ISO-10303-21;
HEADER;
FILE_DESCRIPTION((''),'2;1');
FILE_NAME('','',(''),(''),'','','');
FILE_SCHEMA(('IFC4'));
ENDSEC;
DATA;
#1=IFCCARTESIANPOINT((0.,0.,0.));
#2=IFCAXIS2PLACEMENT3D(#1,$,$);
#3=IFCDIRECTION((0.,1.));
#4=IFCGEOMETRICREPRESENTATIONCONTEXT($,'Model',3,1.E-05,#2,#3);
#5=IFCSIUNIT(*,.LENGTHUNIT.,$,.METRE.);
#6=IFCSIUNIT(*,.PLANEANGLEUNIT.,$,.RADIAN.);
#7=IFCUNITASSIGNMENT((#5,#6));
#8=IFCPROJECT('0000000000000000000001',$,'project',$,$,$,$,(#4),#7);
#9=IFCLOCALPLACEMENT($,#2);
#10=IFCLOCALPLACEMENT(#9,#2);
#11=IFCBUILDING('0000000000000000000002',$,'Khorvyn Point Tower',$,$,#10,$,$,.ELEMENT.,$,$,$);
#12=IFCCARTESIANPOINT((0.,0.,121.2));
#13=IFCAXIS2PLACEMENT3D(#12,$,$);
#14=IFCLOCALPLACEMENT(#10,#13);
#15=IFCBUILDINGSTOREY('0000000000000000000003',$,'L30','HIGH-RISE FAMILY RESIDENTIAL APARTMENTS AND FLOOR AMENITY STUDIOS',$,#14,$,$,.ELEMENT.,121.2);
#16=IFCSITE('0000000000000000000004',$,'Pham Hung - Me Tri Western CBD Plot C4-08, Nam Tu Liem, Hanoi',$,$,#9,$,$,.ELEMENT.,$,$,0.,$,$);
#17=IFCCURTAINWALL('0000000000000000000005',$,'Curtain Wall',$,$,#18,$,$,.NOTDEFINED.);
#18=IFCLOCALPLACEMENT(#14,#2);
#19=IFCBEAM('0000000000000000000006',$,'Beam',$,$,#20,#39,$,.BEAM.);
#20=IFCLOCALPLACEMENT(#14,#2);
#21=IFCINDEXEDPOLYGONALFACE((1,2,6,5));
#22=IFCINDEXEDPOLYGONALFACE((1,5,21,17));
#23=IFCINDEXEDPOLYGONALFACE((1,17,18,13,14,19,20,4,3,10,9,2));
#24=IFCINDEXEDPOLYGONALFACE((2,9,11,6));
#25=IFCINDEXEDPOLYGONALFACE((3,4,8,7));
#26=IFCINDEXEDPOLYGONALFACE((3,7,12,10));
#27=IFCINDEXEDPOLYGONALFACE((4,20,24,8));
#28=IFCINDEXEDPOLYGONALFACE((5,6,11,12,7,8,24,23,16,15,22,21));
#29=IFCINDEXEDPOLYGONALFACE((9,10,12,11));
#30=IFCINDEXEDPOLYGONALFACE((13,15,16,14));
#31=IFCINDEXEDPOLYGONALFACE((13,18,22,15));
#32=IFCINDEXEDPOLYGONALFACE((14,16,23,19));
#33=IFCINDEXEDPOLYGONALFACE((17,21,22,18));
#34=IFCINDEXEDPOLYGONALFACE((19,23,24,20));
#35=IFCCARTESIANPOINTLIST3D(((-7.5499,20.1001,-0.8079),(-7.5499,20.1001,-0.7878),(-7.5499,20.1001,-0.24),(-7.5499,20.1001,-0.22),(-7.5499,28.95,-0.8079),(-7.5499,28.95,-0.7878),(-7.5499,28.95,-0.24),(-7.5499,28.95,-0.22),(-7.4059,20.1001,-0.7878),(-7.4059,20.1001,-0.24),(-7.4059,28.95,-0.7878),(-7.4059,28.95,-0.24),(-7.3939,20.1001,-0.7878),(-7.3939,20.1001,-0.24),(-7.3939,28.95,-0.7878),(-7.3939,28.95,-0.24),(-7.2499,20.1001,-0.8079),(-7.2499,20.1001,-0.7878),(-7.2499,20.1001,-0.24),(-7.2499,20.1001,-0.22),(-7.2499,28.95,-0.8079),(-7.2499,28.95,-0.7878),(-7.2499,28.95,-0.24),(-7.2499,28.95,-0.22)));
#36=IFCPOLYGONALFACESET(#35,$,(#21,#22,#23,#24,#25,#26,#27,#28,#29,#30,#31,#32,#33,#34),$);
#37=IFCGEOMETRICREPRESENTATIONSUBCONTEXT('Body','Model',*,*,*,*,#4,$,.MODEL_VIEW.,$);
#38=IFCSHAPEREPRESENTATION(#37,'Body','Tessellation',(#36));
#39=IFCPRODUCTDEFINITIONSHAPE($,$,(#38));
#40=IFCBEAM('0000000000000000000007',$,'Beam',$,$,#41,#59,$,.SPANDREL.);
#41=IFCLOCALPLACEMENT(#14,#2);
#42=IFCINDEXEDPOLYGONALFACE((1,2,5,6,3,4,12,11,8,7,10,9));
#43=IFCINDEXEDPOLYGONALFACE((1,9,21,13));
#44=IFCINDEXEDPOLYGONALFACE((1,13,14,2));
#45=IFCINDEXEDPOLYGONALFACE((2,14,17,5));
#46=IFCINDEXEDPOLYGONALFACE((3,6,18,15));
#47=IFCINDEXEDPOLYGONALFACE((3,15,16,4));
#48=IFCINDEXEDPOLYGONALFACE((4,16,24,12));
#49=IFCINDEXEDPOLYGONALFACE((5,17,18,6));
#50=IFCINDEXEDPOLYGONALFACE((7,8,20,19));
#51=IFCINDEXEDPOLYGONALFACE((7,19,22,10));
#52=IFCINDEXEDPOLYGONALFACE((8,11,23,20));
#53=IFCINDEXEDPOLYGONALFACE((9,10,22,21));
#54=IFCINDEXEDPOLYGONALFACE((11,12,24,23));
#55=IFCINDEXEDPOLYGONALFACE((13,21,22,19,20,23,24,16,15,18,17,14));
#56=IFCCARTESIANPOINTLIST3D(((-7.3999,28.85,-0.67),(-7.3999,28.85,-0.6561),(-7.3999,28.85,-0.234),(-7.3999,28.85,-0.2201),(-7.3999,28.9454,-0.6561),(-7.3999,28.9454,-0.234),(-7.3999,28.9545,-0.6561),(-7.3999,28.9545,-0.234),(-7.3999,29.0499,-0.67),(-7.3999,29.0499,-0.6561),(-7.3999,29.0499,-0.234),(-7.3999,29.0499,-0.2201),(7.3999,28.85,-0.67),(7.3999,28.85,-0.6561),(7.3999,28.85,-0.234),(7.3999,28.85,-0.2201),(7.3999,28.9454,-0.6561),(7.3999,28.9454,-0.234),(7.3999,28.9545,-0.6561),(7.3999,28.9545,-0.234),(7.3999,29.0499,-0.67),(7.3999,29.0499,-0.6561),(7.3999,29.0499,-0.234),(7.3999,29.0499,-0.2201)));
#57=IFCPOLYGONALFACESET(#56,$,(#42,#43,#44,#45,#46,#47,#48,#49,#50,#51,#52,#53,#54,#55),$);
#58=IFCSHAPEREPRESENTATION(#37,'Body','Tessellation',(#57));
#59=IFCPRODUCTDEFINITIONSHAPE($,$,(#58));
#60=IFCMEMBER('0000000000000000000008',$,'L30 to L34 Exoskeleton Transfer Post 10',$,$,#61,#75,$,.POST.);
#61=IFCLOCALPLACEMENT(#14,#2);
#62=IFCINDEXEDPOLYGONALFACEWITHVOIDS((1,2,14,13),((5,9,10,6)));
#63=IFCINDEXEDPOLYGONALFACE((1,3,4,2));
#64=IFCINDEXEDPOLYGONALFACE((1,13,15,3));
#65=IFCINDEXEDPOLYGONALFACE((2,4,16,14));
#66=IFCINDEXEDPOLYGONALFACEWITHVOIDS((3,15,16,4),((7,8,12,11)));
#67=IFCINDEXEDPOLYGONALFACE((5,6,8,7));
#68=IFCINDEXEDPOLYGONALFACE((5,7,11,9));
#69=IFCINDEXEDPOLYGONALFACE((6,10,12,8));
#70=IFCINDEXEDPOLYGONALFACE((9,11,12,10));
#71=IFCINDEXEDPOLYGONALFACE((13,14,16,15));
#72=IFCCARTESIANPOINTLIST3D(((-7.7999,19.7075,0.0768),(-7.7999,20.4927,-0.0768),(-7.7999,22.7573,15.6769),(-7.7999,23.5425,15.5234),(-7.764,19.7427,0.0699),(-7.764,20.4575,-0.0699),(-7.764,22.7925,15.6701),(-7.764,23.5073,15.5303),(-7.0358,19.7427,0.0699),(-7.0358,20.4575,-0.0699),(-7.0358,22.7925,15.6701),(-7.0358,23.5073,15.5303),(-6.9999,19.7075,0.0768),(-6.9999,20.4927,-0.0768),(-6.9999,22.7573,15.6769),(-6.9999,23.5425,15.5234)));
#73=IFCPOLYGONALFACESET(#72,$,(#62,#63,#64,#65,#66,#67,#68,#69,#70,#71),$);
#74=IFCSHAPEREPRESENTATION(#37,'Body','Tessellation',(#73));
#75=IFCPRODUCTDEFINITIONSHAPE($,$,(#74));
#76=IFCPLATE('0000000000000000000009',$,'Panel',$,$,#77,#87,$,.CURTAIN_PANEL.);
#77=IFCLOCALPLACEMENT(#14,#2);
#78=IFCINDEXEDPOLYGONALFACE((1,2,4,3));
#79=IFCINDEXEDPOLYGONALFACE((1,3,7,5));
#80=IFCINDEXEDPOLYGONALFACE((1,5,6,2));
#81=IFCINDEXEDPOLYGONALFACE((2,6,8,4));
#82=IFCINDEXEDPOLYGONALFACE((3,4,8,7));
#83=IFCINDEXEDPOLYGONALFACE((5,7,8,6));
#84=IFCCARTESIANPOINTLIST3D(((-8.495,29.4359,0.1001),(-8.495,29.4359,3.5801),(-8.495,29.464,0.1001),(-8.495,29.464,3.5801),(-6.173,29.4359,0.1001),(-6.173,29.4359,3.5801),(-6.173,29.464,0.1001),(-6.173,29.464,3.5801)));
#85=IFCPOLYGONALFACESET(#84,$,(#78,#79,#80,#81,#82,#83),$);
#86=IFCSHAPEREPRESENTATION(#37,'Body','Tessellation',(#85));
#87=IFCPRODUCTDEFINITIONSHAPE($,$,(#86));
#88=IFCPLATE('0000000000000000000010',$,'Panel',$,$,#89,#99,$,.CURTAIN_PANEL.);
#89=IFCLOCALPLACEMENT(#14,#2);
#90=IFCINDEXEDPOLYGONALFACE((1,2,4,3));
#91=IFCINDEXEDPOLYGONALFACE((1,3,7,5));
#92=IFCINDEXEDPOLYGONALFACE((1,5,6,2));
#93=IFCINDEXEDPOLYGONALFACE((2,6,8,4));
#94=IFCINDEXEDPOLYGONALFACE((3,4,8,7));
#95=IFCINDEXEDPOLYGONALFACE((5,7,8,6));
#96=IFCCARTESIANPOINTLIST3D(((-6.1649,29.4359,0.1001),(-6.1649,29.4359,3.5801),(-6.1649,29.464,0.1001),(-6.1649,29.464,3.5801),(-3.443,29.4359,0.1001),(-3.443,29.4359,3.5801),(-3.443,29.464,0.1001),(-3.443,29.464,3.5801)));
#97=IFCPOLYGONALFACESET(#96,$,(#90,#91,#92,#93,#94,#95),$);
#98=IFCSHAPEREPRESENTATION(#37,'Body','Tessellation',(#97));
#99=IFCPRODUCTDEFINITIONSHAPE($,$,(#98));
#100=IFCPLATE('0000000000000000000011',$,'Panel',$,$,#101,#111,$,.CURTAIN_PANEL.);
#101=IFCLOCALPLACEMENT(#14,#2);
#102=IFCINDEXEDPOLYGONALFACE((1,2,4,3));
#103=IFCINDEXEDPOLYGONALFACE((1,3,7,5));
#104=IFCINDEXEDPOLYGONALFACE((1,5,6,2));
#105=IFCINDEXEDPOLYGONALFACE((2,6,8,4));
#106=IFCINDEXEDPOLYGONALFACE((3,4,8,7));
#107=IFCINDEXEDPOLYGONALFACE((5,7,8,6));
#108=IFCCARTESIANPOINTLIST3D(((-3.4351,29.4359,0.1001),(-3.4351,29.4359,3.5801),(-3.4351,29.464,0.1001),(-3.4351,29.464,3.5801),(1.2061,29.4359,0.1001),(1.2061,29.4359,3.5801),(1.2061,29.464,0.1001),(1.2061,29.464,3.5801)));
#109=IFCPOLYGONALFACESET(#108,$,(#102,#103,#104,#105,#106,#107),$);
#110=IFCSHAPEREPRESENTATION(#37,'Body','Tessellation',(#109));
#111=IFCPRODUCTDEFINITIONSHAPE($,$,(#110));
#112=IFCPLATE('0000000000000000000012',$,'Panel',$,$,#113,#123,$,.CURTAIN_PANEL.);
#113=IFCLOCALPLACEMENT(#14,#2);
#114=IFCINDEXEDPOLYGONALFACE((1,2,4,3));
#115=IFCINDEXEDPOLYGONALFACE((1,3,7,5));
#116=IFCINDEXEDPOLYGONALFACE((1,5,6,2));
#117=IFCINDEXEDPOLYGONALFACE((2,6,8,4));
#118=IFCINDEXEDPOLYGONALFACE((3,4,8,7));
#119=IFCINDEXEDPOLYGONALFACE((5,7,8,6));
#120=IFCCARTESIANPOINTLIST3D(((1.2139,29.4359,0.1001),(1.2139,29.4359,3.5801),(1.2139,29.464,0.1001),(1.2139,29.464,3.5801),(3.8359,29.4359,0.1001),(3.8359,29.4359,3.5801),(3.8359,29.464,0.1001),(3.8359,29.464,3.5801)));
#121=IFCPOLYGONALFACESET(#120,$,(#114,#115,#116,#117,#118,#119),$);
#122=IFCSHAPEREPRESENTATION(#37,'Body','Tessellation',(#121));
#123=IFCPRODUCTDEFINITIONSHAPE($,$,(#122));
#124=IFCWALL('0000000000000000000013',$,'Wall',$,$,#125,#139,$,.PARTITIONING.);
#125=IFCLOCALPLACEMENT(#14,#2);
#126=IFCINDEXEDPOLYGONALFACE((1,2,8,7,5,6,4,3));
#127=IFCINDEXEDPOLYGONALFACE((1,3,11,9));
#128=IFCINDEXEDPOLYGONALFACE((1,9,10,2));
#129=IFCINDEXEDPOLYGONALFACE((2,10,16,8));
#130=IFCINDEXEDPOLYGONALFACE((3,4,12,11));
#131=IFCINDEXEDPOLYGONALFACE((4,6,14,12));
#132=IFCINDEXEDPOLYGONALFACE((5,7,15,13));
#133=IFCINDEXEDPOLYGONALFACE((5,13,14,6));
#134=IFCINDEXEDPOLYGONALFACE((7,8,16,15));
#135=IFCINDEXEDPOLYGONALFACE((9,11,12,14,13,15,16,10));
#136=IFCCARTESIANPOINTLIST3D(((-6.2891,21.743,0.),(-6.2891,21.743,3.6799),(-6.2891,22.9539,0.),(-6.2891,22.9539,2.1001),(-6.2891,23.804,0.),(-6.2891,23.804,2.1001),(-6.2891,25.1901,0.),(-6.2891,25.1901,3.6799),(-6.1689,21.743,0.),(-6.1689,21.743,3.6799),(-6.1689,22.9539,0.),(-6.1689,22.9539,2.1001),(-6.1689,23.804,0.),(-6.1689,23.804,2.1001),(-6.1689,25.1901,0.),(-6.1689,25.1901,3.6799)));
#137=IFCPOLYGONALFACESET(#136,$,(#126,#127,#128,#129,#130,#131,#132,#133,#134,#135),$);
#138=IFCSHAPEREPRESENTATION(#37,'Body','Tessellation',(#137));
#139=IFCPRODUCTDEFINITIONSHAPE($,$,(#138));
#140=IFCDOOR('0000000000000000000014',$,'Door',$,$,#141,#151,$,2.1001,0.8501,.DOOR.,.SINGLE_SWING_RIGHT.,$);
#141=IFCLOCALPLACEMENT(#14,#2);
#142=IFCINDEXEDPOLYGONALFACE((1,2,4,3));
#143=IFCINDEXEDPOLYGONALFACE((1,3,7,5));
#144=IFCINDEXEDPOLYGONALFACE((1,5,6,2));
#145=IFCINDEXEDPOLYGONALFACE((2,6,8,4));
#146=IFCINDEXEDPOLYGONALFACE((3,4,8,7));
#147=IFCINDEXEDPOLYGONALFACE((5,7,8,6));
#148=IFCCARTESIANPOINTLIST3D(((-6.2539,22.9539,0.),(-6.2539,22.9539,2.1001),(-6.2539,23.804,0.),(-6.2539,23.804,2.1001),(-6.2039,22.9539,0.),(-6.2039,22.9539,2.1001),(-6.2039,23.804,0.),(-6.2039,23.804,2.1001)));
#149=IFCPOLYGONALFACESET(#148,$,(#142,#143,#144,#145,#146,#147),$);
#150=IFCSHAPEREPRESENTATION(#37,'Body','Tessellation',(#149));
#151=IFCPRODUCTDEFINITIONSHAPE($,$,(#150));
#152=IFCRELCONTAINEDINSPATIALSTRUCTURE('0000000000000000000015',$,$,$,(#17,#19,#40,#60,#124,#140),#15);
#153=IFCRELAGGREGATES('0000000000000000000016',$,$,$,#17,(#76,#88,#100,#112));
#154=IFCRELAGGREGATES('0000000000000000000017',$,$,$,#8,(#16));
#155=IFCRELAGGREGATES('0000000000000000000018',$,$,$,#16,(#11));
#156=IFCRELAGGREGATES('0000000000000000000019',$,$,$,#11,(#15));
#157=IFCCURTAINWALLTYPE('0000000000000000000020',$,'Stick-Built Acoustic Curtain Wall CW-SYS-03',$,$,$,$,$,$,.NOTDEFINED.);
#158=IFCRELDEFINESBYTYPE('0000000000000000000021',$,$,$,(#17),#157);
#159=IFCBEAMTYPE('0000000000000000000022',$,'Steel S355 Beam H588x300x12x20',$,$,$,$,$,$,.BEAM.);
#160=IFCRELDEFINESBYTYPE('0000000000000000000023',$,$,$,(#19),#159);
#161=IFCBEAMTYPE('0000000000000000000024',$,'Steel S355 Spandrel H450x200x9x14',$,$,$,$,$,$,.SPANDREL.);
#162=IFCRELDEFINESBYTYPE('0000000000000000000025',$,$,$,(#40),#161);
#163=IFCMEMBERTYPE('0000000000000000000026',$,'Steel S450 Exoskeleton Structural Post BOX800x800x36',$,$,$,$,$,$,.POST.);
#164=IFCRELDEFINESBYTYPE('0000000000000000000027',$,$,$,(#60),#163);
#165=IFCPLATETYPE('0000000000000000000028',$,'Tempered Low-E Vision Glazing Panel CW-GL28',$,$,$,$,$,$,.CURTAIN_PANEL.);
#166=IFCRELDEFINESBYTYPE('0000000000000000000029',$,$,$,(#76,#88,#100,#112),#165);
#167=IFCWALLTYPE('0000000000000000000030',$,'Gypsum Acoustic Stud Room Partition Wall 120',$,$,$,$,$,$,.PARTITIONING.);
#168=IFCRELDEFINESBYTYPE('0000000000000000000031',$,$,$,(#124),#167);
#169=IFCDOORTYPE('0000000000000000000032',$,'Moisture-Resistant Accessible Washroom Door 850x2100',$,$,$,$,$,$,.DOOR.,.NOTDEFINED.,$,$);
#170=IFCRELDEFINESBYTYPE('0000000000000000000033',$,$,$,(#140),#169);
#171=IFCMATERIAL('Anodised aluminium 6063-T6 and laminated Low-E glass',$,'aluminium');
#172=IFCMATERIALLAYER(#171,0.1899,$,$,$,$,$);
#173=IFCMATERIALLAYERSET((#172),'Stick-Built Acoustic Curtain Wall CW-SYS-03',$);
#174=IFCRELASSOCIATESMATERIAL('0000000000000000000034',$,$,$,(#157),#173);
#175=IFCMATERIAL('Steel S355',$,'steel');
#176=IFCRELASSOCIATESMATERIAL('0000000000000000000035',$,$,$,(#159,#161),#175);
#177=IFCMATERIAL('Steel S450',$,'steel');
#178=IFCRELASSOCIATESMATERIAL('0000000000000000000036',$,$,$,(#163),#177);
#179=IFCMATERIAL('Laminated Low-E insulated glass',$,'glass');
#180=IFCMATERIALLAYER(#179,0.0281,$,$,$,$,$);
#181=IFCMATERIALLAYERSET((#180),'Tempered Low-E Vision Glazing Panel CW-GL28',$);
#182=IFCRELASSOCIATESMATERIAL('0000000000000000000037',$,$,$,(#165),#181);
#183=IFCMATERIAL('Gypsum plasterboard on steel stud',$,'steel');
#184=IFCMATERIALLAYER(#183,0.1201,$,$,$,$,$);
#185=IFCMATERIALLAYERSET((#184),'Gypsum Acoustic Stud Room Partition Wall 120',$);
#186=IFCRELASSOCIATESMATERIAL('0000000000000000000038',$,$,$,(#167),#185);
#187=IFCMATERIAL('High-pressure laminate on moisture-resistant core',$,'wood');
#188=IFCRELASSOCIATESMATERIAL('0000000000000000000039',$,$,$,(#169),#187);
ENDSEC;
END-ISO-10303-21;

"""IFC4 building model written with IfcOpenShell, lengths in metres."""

from ifc_helpers import new_model, si_unit, direction, frame, frame_2d, origin, origin_2d, place, context, subcontext, project, spatial, rectangle, hollow_rectangle, i_section, extrude, material, layer, layer_set, material_profile, profile_set, type_object, element, fill, aggregate, save


model = new_model("IFC4")

# Units and contexts
model_context = context("Model", 3, precision=1e-05, world=origin(), true_north=direction((0.0, 1.0)))
body_context = subcontext(model_context, "Body", "Model", "MODEL_VIEW")
ifc_project = project(units=[si_unit("LENGTHUNIT", "METRE"), si_unit("PLANEANGLEUNIT", "RADIAN")], contexts=[model_context])

# Site, building, storey
site_placement = place(None, origin())
site = spatial("IfcSite", under=ifc_project, at=site_placement, Name="Pham Hung - Me Tri Western CBD Plot C4-08, Nam Tu Liem, Hanoi", CompositionType="ELEMENT", RefElevation=0.0)
building_placement = place(site_placement, origin())
building = spatial("IfcBuilding", under=site, at=building_placement, Name="Khorvyn Point Tower", CompositionType="ELEMENT")
storey_placement = place(building_placement, frame((0.0, 0.0, 121.2)))
storey = spatial("IfcBuildingStorey", under=building, at=storey_placement, Name="L30", Description="HIGH-RISE FAMILY RESIDENTIAL APARTMENTS AND FLOOR AMENITY STUDIOS", CompositionType="ELEMENT", Elevation=121.2)

# Shared definitions
ifc_material_1 = material(Name="Steel S450", Category="steel")

# Shared definitions
ifc_material_2 = material(Name="Anodised aluminium 6063-T6 and laminated Low-E glass", Category="aluminium")
ifc_layer_1 = layer(ifc_material_2, 0.1899)
ifc_layer_set_1 = layer_set([ifc_layer_1], Name="Stick-Built Acoustic Curtain Wall CW-SYS-03")
curtain_wall_type = type_object("IfcCurtainWallType", Name="Stick-Built Acoustic Curtain Wall CW-SYS-03", PredefinedType="NOTDEFINED", material=ifc_layer_set_1)

# Curtain wall
curtain_wall_1_placement = place(storey_placement, origin())
curtain_wall_1 = element("IfcCurtainWall", 1, at=curtain_wall_1_placement, inside=storey, type_object=curtain_wall_type, Name="Curtain Wall", PredefinedType="NOTDEFINED")

# Beams
ifc_material_3 = material(Name="Steel S355", Category="steel")
ifc_material_profile_1 = material_profile(ifc_material_3, i_section(OverallWidth=0.3, OverallDepth=0.5879, WebThickness=0.012, FlangeThickness=0.02, at=origin_2d()))
ifc_profile_set_1 = profile_set([ifc_material_profile_1], Name="Steel S355 H588x300x12x20")
beam_type_1 = type_object("IfcBeamType", Name="Steel S355 Beam H588x300x12x20", PredefinedType="BEAM", material=ifc_profile_set_1)
beam_1_placement = place(storey_placement, frame((-7.3999, 20.1001, -0.5139), z_axis=(0.0, 1.0, 0.0), x_axis=(-1.0, 0.0, 0.0)))
element("IfcBeam", 2, at=beam_1_placement, inside=storey, type_object=beam_type_1, Name="Beam", PredefinedType="BEAM", context=body_context, shape_type="SweptSolid", body=[
    extrude(i_section(OverallWidth=0.3, OverallDepth=0.5879, WebThickness=0.012, FlangeThickness=0.02, at=origin_2d()), origin(), (0.0, 0.0, 1.0), 8.8499),
])
ifc_material_profile_2 = material_profile(ifc_material_3, i_section(OverallWidth=0.2, OverallDepth=0.45, WebThickness=0.009, FlangeThickness=0.0139, at=origin_2d()))
ifc_profile_set_2 = profile_set([ifc_material_profile_2], Name="Steel S355 H450x200x9x14")
beam_type_2 = type_object("IfcBeamType", Name="Steel S355 Spandrel H450x200x9x14", PredefinedType="SPANDREL", material=ifc_profile_set_2)
beam_2_placement = place(storey_placement, frame((-7.3999, 28.95, -0.4451), z_axis=(1.0, 0.0, 0.0), x_axis=(0.0, 1.0, 0.0)))
element("IfcBeam", 3, at=beam_2_placement, inside=storey, type_object=beam_type_2, Name="Beam", PredefinedType="SPANDREL", context=body_context, shape_type="SweptSolid", body=[
    extrude(i_section(OverallWidth=0.2, OverallDepth=0.45, WebThickness=0.009, FlangeThickness=0.0139, at=origin_2d()), origin(), (0.0, 0.0, 1.0), 14.7998),
])

# Member
ifc_material_profile_3 = material_profile(ifc_material_1, hollow_rectangle(XDim=0.8, YDim=0.8, WallThickness=0.0359, at=origin_2d()))
ifc_profile_set_3 = profile_set([ifc_material_profile_3], Name="Steel S450 BOX800x800x36")
member_type_1 = type_object("IfcMemberType", Name="Steel S450 Exoskeleton Structural Post BOX800x800x36", PredefinedType="POST", material=ifc_profile_set_3)
member_1_placement = place(storey_placement, frame((-7.3999, 20.1001, 0.0), z_axis=(0.0, 0.191867, 0.981421), x_axis=(-1.0, 0.0, 0.0)))
element("IfcMember", 4, at=member_1_placement, inside=storey, type_object=member_type_1, Name="L30 to L34 Exoskeleton Transfer Post 10", PredefinedType="POST", context=body_context, shape_type="SweptSolid", body=[
    extrude(hollow_rectangle(XDim=0.8, YDim=0.8, WallThickness=0.0359, at=origin_2d()), origin(), (0.0, 0.0, 1.0), 15.8955),
])

# Plates
ifc_material_4 = material(Name="Laminated Low-E insulated glass", Category="glass")
ifc_layer_2 = layer(ifc_material_4, 0.0281)
ifc_layer_set_2 = layer_set([ifc_layer_2], Name="Tempered Low-E Vision Glazing Panel CW-GL28")
plate_type = type_object("IfcPlateType", Name="Tempered Low-E Vision Glazing Panel CW-GL28", PredefinedType="CURTAIN_PANEL", material=ifc_layer_set_2)
plate_1_placement = place(storey_placement, frame((-7.334, 29.45, 0.1001), z_axis=(0.0, 0.0, 1.0), x_axis=(1.0, 0.0, 0.0)))
plate_1 = element("IfcPlate", 5, at=plate_1_placement, type_object=plate_type, Name="Panel", PredefinedType="CURTAIN_PANEL", context=body_context, shape_type="SweptSolid", body=[
    extrude(rectangle(XDim=2.322, YDim=0.0281, at=origin_2d()), origin(), (0.0, 0.0, 1.0), 3.48),
])
plate_2_placement = place(storey_placement, frame((-4.804, 29.45, 0.1001), z_axis=(0.0, 0.0, 1.0), x_axis=(1.0, 0.0, 0.0)))
plate_2 = element("IfcPlate", 6, at=plate_2_placement, type_object=plate_type, Name="Panel", PredefinedType="CURTAIN_PANEL", context=body_context, shape_type="SweptSolid", body=[
    extrude(rectangle(XDim=2.7219, YDim=0.0281, at=origin_2d()), origin(), (0.0, 0.0, 1.0), 3.48),
])
plate_3_placement = place(storey_placement, frame((-1.1145, 29.45, 0.1001), z_axis=(0.0, 0.0, 1.0), x_axis=(1.0, 0.0, 0.0)))
plate_3 = element("IfcPlate", 7, at=plate_3_placement, type_object=plate_type, Name="Panel", PredefinedType="CURTAIN_PANEL", context=body_context, shape_type="SweptSolid", body=[
    extrude(rectangle(XDim=4.6411, YDim=0.0281, at=origin_2d()), origin(), (0.0, 0.0, 1.0), 3.48),
])
plate_4_placement = place(storey_placement, frame((2.5249, 29.45, 0.1001), z_axis=(0.0, 0.0, 1.0), x_axis=(1.0, 0.0, 0.0)))
plate_4 = element("IfcPlate", 8, at=plate_4_placement, type_object=plate_type, Name="Panel", PredefinedType="CURTAIN_PANEL", context=body_context, shape_type="SweptSolid", body=[
    extrude(rectangle(XDim=2.6221, YDim=0.0281, at=origin_2d()), origin(), (0.0, 0.0, 1.0), 3.48),
])
aggregate(curtain_wall_1, [plate_1, plate_2, plate_3, plate_4])

# Wall, opening, door
ifc_material_5 = material(Name="Gypsum plasterboard on steel stud", Category="steel")
ifc_layer_3 = layer(ifc_material_5, 0.1201)
ifc_layer_set_3 = layer_set([ifc_layer_3], Name="Gypsum Acoustic Stud Room Partition Wall 120")
wall_type_1 = type_object("IfcWallType", Name="Gypsum Acoustic Stud Room Partition Wall 120", PredefinedType="PARTITIONING", material=ifc_layer_set_3)
wall_1_placement = place(storey_placement, frame((-6.229, 21.7429, 0.0), z_axis=(0.0, 0.0, 1.0), x_axis=(0.0, 1.0, 0.0)))
wall_1 = element("IfcWall", 9, at=wall_1_placement, inside=storey, type_object=wall_type_1, Name="Wall", PredefinedType="PARTITIONING", context=body_context, shape_type="SweptSolid", body=[
    extrude(rectangle(XDim=3.447, YDim=0.1201, at=frame_2d((1.7236, 0.0))), origin(), (0.0, 0.0, 1.0), 3.6799),
])
opening_1_placement = place(wall_1_placement, frame((1.2109, 0.0, 0.0)))
opening_1 = element("IfcOpeningElement", 10, at=opening_1_placement, cuts=wall_1, PredefinedType="OPENING", context=body_context, shape_type="SweptSolid", body=[
    extrude(rectangle(XDim=0.8501, YDim=2.1001, at=frame_2d((0.425, 1.05))), frame((0.0, 0.0701, 0.0), z_axis=(0.0, -1.0, 0.0), x_axis=(1.0, 0.0, 0.0)), (0.0, 0.0, 1.0), 0.1401),
])
ifc_material_6 = material(Name="High-pressure laminate on moisture-resistant core", Category="wood")
door_type_1 = type_object("IfcDoorType", Name="Moisture-Resistant Accessible Washroom Door 850x2100", OperationType="NOTDEFINED", PredefinedType="DOOR", material=ifc_material_6)
door_1_placement = place(opening_1_placement, origin())
door_1 = element("IfcDoor", 11, at=door_1_placement, inside=storey, type_object=door_type_1, Name="Door", OperationType="SINGLE_SWING_RIGHT", OverallHeight=2.1001, OverallWidth=0.8501, PredefinedType="DOOR", context=body_context, shape_type="SweptSolid", body=[
    extrude(rectangle(XDim=0.8501, YDim=2.1001, at=frame_2d((0.425, 1.05))), frame((0.0, 0.0249, 0.0), z_axis=(0.0, -1.0, 0.0), x_axis=(1.0, 0.0, 0.0)), (0.0, 0.0, 1.0), 0.05),
])
fill(opening_1, door_1)

save(model, "model.ifc")
